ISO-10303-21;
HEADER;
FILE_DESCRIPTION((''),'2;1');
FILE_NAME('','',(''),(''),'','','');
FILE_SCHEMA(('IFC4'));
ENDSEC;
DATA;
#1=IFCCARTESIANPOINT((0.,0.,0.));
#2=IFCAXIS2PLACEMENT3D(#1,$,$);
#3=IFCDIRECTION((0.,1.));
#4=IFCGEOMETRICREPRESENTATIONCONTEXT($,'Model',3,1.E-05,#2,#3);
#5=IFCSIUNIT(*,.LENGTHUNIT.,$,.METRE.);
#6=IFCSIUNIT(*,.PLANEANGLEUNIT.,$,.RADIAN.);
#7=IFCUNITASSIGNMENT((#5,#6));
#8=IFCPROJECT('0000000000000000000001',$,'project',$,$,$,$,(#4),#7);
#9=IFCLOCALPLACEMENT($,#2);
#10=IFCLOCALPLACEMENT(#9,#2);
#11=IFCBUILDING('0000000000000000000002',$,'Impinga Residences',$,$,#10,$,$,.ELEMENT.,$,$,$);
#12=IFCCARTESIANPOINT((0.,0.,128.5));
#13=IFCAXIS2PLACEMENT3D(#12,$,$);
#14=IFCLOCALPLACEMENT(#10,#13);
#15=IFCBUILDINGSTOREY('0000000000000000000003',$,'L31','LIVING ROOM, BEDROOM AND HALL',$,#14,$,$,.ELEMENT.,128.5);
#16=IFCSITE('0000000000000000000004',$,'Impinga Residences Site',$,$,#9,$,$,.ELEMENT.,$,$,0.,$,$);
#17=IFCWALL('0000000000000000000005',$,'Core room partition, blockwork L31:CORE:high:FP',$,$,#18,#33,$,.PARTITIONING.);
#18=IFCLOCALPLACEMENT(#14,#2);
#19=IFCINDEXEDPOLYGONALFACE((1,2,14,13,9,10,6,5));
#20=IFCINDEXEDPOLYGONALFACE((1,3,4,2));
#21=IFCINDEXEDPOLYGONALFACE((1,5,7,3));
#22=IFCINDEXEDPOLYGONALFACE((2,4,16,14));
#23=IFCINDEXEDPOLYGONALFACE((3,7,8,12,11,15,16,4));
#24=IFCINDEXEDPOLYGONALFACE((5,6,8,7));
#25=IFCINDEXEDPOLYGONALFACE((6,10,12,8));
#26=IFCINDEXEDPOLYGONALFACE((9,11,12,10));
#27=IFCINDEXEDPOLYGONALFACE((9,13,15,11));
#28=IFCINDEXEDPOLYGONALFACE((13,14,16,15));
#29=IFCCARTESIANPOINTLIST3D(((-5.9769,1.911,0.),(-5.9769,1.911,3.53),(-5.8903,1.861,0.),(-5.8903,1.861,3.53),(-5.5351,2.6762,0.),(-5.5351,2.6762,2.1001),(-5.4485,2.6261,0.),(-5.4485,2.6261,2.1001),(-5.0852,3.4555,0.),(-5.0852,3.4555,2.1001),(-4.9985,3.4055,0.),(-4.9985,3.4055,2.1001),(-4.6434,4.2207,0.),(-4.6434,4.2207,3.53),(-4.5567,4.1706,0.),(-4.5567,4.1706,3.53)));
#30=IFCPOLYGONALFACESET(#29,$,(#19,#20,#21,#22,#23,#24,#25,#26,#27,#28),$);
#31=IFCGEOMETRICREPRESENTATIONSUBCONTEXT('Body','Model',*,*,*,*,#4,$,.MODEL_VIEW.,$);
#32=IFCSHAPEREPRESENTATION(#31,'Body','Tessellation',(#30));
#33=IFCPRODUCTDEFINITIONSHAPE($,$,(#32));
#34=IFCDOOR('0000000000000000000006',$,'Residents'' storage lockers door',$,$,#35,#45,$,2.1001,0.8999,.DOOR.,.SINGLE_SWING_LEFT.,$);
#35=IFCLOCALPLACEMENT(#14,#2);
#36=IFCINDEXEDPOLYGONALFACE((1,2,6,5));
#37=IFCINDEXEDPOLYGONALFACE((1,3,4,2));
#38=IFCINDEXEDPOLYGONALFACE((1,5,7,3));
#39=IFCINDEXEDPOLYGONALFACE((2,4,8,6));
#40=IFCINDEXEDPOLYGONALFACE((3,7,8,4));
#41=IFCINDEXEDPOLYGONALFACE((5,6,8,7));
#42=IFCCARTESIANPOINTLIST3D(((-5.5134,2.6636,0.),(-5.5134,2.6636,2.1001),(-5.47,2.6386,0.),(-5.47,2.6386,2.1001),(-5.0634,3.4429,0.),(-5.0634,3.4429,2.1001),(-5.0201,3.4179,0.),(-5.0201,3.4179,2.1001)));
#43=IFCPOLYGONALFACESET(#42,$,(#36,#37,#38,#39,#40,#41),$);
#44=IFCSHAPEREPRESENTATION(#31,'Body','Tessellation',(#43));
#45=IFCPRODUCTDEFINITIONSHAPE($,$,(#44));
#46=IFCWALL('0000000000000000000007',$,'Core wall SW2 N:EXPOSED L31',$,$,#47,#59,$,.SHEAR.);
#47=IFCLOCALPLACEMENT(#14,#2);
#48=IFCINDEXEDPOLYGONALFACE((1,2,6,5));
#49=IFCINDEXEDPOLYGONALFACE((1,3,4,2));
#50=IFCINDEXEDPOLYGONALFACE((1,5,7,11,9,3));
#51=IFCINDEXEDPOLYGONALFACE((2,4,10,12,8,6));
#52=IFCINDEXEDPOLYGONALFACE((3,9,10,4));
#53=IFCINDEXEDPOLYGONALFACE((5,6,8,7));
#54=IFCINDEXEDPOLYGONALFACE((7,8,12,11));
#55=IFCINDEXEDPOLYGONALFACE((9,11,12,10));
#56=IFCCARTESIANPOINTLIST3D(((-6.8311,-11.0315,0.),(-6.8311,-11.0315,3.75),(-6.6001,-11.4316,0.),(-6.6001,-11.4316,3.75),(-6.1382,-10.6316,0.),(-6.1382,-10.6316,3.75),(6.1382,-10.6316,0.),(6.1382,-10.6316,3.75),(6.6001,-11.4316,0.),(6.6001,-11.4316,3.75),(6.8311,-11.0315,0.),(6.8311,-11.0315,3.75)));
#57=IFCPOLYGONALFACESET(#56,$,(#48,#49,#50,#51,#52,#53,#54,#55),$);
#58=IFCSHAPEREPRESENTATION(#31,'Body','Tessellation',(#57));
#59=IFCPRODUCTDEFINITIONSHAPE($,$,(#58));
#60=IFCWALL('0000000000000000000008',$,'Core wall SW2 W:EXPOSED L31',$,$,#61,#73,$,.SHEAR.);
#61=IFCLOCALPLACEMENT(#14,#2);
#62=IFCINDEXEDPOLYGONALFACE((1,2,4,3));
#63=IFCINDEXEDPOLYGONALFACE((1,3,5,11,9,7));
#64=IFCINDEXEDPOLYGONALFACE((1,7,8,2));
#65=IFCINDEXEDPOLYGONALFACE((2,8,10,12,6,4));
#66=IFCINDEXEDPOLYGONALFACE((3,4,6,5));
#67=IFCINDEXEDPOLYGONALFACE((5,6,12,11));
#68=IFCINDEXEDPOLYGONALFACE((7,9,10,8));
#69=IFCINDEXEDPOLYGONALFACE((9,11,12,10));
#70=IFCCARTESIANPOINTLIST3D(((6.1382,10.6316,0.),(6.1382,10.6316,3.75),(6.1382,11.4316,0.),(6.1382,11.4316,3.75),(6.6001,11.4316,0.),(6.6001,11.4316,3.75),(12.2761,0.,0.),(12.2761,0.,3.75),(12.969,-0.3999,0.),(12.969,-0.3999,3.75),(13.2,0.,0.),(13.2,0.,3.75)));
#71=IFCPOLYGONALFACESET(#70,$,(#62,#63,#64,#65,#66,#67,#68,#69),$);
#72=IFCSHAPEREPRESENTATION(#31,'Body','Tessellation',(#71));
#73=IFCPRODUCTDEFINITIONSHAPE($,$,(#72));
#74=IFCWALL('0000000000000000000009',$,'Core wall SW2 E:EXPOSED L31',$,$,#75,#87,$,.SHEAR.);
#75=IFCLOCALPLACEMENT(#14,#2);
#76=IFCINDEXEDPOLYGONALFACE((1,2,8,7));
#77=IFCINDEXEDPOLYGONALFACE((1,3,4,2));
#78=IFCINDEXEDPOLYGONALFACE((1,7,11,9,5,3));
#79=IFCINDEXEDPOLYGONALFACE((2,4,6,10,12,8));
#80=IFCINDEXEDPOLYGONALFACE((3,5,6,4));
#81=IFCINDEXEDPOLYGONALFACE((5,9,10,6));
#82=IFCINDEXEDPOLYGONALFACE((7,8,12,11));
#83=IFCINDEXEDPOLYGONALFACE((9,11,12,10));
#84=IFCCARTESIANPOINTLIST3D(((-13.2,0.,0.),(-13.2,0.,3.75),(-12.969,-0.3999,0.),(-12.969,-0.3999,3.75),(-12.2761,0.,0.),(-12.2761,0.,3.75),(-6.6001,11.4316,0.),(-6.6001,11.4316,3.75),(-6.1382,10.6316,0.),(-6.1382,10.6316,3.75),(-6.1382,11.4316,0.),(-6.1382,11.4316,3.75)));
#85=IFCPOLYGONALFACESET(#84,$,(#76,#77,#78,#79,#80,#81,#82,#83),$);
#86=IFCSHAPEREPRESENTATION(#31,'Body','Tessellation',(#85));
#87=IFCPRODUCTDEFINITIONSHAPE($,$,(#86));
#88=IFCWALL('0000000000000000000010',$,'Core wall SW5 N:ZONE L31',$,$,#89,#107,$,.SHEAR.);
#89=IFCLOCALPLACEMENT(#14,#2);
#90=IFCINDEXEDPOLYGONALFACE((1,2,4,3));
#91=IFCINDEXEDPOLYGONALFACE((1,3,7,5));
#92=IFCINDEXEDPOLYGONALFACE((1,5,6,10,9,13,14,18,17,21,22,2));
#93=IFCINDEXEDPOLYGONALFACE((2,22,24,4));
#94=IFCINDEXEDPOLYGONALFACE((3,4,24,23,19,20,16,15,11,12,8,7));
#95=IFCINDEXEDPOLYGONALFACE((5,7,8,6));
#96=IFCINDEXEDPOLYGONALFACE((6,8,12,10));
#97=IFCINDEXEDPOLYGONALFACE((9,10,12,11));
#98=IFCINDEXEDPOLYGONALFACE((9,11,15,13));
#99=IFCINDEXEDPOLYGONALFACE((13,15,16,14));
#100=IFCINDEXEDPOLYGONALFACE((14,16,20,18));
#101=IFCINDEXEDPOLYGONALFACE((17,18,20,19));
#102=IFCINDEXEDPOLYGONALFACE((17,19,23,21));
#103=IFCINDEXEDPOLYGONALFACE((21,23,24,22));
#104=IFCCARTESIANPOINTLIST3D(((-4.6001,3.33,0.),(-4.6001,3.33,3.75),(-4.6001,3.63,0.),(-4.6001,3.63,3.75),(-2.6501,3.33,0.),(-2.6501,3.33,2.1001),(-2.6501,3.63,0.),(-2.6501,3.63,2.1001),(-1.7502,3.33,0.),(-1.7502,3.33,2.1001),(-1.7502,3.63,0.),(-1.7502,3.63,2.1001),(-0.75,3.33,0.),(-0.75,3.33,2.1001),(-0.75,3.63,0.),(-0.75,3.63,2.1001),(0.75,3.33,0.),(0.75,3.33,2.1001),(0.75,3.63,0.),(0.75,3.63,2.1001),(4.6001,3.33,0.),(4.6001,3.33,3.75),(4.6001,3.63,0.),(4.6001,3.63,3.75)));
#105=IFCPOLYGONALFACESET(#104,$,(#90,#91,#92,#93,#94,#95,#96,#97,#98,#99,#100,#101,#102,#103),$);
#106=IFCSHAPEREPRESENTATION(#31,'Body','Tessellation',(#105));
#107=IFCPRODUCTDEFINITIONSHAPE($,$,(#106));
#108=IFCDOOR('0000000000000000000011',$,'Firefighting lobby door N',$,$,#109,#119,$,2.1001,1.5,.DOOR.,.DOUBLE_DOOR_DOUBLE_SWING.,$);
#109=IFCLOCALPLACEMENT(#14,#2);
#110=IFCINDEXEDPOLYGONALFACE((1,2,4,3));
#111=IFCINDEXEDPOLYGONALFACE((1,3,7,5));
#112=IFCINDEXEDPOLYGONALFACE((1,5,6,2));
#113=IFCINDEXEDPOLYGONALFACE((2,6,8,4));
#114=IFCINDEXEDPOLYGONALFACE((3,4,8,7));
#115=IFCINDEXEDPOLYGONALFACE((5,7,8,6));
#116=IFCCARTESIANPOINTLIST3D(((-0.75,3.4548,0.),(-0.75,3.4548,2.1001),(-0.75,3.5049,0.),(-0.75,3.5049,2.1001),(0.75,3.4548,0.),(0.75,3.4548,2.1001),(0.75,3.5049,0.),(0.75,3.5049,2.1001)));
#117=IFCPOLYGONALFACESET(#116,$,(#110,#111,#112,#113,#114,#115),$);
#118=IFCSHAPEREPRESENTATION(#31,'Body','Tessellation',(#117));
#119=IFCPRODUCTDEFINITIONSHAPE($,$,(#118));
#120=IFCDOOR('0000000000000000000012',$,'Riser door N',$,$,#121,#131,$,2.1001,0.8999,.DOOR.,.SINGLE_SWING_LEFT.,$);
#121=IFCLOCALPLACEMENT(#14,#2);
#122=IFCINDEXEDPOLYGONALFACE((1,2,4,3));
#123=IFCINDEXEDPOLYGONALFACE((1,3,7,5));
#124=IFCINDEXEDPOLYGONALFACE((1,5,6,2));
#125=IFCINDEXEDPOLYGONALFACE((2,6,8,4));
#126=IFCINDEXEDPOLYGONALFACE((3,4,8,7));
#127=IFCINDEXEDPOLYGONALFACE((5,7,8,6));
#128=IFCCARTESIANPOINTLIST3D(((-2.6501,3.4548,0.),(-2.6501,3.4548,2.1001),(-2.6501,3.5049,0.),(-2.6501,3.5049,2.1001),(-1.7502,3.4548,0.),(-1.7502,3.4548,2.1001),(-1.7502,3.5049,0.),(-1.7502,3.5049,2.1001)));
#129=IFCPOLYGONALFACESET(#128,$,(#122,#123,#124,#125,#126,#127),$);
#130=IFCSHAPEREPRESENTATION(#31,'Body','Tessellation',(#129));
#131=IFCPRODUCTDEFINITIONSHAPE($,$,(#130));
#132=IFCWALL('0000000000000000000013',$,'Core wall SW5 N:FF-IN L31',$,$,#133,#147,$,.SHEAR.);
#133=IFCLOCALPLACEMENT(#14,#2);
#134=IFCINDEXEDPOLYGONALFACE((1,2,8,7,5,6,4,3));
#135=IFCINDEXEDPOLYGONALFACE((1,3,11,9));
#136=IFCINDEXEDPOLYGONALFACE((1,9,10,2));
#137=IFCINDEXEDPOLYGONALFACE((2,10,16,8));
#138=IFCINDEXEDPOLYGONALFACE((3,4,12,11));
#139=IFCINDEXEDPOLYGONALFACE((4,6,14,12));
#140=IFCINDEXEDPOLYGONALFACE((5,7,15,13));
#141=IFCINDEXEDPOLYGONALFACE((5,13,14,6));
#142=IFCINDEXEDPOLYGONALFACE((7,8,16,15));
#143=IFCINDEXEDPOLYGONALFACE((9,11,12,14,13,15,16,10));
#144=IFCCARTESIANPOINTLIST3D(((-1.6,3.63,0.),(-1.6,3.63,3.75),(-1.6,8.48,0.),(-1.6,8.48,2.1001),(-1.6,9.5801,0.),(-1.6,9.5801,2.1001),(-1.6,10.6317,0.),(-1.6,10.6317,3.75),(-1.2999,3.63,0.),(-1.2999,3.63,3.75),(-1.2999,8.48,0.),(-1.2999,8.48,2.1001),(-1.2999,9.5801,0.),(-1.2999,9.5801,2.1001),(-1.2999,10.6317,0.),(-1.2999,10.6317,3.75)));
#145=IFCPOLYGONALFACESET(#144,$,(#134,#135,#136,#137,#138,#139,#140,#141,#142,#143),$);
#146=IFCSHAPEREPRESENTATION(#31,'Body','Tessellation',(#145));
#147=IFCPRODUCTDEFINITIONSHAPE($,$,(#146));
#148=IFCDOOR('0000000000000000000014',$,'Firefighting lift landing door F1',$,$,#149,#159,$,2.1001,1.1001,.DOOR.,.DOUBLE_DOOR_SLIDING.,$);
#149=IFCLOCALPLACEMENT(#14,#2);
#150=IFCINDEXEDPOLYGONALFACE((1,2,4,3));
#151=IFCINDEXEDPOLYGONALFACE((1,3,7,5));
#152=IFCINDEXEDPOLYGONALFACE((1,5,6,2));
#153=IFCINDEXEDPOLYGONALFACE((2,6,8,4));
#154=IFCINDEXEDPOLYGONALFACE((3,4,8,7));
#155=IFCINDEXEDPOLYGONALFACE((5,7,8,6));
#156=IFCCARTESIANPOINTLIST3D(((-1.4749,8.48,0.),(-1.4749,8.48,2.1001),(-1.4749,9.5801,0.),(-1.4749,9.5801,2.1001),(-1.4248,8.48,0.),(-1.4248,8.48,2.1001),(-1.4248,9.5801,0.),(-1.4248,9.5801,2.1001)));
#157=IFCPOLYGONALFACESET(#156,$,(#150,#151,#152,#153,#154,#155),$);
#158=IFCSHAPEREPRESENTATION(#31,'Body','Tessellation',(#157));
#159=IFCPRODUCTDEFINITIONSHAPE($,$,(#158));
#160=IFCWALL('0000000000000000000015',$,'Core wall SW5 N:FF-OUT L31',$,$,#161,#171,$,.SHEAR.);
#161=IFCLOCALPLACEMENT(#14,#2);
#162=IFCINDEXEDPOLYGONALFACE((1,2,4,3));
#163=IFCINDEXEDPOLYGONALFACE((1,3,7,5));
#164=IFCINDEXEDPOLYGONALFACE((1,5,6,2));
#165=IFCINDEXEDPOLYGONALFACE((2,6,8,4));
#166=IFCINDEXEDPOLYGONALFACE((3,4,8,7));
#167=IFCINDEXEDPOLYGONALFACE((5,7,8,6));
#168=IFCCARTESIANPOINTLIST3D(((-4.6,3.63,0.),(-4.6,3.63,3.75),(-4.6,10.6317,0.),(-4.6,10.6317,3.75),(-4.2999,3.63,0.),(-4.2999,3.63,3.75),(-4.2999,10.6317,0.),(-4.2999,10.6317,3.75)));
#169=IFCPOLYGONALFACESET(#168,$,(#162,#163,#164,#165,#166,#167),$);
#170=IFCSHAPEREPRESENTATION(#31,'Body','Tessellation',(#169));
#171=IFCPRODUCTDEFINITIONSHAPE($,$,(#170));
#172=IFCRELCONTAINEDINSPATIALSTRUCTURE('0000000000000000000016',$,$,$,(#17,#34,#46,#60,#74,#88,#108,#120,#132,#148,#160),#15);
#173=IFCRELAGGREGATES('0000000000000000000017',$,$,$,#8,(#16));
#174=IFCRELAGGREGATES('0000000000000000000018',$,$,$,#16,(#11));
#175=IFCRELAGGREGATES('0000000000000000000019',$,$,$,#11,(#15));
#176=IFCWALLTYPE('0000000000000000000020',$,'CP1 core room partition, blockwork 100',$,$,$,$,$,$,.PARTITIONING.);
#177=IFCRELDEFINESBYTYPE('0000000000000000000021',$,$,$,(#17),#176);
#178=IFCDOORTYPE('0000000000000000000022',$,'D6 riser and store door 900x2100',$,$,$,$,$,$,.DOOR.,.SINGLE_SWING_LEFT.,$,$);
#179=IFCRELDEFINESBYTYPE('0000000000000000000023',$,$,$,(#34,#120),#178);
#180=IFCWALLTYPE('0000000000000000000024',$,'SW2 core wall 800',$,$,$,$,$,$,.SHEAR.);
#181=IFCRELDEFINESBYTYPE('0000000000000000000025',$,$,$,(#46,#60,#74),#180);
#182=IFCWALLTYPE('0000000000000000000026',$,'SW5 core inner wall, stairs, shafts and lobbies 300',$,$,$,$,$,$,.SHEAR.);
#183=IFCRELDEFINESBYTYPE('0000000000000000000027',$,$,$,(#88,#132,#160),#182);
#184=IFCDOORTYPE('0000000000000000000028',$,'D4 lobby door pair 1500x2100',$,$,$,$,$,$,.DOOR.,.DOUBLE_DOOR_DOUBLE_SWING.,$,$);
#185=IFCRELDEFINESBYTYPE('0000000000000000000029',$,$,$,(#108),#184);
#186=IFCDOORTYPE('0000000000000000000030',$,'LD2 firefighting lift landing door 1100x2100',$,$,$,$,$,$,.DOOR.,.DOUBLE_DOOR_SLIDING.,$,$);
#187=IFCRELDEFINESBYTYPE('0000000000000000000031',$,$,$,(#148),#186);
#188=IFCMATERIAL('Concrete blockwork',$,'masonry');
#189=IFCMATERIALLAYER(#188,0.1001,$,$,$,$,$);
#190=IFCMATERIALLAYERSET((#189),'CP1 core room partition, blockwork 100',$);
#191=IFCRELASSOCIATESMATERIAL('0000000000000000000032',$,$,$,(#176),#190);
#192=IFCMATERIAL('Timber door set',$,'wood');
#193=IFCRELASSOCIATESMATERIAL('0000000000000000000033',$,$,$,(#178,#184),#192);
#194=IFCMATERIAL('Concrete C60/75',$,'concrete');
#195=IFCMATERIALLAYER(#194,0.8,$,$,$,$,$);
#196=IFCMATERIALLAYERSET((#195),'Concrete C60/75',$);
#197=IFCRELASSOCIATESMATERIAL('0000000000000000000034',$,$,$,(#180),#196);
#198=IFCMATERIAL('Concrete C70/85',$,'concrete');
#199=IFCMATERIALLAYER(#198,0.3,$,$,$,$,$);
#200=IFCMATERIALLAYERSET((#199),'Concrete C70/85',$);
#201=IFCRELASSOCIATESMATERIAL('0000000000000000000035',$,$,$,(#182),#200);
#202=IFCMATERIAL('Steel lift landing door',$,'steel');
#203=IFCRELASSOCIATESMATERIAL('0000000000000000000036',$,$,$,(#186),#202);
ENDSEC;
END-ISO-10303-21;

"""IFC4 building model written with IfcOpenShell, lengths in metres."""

from ifc_helpers import new_model, si_unit, direction, frame, frame_2d, origin, place, context, subcontext, project, spatial, polyline, rectangle, outline, extrude, material, layer, layer_set, type_object, element, fill, save


model = new_model("IFC4")

# Units and contexts
model_context = context("Model", 3, precision=1e-05, world=origin(), true_north=direction((0.0, 1.0)))
body_context = subcontext(model_context, "Body", "Model", "MODEL_VIEW")
ifc_project = project(units=[si_unit("LENGTHUNIT", "METRE"), si_unit("PLANEANGLEUNIT", "RADIAN")], contexts=[model_context])

# Site, building, storey
site_placement = place(None, origin())
site = spatial("IfcSite", under=ifc_project, at=site_placement, Name="Impinga Residences Site", CompositionType="ELEMENT", RefElevation=0.0)
building_placement = place(site_placement, origin())
building = spatial("IfcBuilding", under=site, at=building_placement, Name="Impinga Residences", CompositionType="ELEMENT")
storey_placement = place(building_placement, frame((0.0, 0.0, 128.5)))
storey = spatial("IfcBuildingStorey", under=building, at=storey_placement, Name="L31", Description="LIVING ROOM, BEDROOM AND HALL", CompositionType="ELEMENT", Elevation=128.5)

# Shared definitions
ifc_material_1 = material(Name="Concrete C60/75", Category="concrete")

# Wall, opening, door
ifc_material_2 = material(Name="Concrete blockwork", Category="masonry")
ifc_layer_1 = layer(ifc_material_2, 0.1001)
ifc_layer_set_1 = layer_set([ifc_layer_1], Name="CP1 core room partition, blockwork 100")
wall_type_1 = type_object("IfcWallType", Name="CP1 core room partition, blockwork 100", PredefinedType="PARTITIONING", material=ifc_layer_set_1)
wall_1_placement = place(storey_placement, frame((-5.9336, 1.886, 0.0), z_axis=(0.0, 0.0, 1.0), x_axis=(0.500018, 0.866015, 0.0)))
wall_1 = element("IfcWall", 1, at=wall_1_placement, inside=storey, type_object=wall_type_1, Name="Core room partition, blockwork L31:CORE:high:FP", PredefinedType="PARTITIONING", context=body_context, shape_type="SweptSolid", body=[
    extrude(rectangle(XDim=2.667, YDim=0.1001, at=frame_2d((1.3335, 0.0))), origin(), (0.0, 0.0, 1.0), 3.53),
])
opening_1_placement = place(wall_1_placement, frame((0.8835, 0.0, 0.0)))
opening_1 = element("IfcOpeningElement", 2, at=opening_1_placement, cuts=wall_1, PredefinedType="OPENING", context=body_context, shape_type="SweptSolid", body=[
    extrude(rectangle(XDim=0.8999, YDim=2.1001, at=frame_2d((0.45, 1.05))), frame((0.0, 0.0601, 0.0), z_axis=(0.0, -1.0, 0.0), x_axis=(1.0, 0.0, 0.0)), (0.0, 0.0, 1.0), 0.1201),
])
ifc_material_3 = material(Name="Timber door set", Category="wood")
door_type_1 = type_object("IfcDoorType", Name="D6 riser and store door 900x2100", OperationType="SINGLE_SWING_LEFT", PredefinedType="DOOR", material=ifc_material_3)
door_1_placement = place(opening_1_placement, origin())
door_1 = element("IfcDoor", 3, at=door_1_placement, inside=storey, type_object=door_type_1, Name="Residents' storage lockers door", OperationType="SINGLE_SWING_LEFT", OverallHeight=2.1001, OverallWidth=0.8999, PredefinedType="DOOR", context=body_context, shape_type="SweptSolid", body=[
    extrude(rectangle(XDim=0.8999, YDim=2.1001, at=frame_2d((0.45, 1.05))), frame((0.0, 0.0249, 0.0), z_axis=(0.0, -1.0, 0.0), x_axis=(1.0, 0.0, 0.0)), (0.0, 0.0, 1.0), 0.05),
])
fill(opening_1, door_1)

# Walls
ifc_layer_2 = layer(ifc_material_1, 0.8)
ifc_layer_set_2 = layer_set([ifc_layer_2], Name="Concrete C60/75")
wall_type_2 = type_object("IfcWallType", Name="SW2 core wall 800", PredefinedType="SHEAR", material=ifc_layer_set_2)
wall_2_placement = place(storey_placement, origin())
element("IfcWall", 4, at=wall_2_placement, inside=storey, type_object=wall_type_2, Name="Core wall SW2 N:EXPOSED L31", PredefinedType="SHEAR", context=body_context, shape_type="SweptSolid", body=[
    extrude(outline(polyline([(-6.6001, -11.4316), (6.6001, -11.4316), (6.8311, -11.0315), (6.1382, -10.6316), (-6.1382, -10.6316), (-6.8311, -11.0315), (-6.6001, -11.4316)])), origin(), (0.0, 0.0, 1.0), 3.75),
])
wall_3_placement = place(storey_placement, origin())
element("IfcWall", 5, at=wall_3_placement, inside=storey, type_object=wall_type_2, Name="Core wall SW2 W:EXPOSED L31", PredefinedType="SHEAR", context=body_context, shape_type="SweptSolid", body=[
    extrude(outline(polyline([(13.2, 0.0), (6.6001, 11.4316), (6.1382, 11.4316), (6.1382, 10.6316), (12.2761, 0.0), (12.969, -0.3999), (13.2, 0.0)])), origin(), (0.0, 0.0, 1.0), 3.75),
])
wall_4_placement = place(storey_placement, origin())
element("IfcWall", 6, at=wall_4_placement, inside=storey, type_object=wall_type_2, Name="Core wall SW2 E:EXPOSED L31", PredefinedType="SHEAR", context=body_context, shape_type="SweptSolid", body=[
    extrude(outline(polyline([(-6.6001, 11.4316), (-13.2, 0.0), (-12.969, -0.3999), (-12.2761, 0.0), (-6.1382, 10.6316), (-6.1382, 11.4316), (-6.6001, 11.4316)])), origin(), (0.0, 0.0, 1.0), 3.75),
])

# Wall, openings, doors
ifc_material_4 = material(Name="Concrete C70/85", Category="concrete")
ifc_layer_3 = layer(ifc_material_4, 0.3)
ifc_layer_set_3 = layer_set([ifc_layer_3], Name="Concrete C70/85")
wall_type_3 = type_object("IfcWallType", Name="SW5 core inner wall, stairs, shafts and lobbies 300", PredefinedType="SHEAR", material=ifc_layer_set_3)
wall_5_placement = place(storey_placement, frame((-4.6001, 3.48, 0.0), z_axis=(0.0, 0.0, 1.0), x_axis=(1.0, 0.0, 0.0)))
wall_5 = element("IfcWall", 7, at=wall_5_placement, inside=storey, type_object=wall_type_3, Name="Core wall SW5 N:ZONE L31", PredefinedType="SHEAR", context=body_context, shape_type="SweptSolid", body=[
    extrude(rectangle(XDim=9.2002, YDim=0.3, at=frame_2d((4.6001, 0.0))), origin(), (0.0, 0.0, 1.0), 3.75),
])
opening_2_placement = place(wall_5_placement, frame((3.8501, 0.0, 0.0)))
opening_2 = element("IfcOpeningElement", 8, at=opening_2_placement, cuts=wall_5, PredefinedType="OPENING", context=body_context, shape_type="SweptSolid", body=[
    extrude(rectangle(XDim=1.5, YDim=2.1001, at=frame_2d((0.75, 1.05))), frame((0.0, 0.1599, 0.0), z_axis=(0.0, -1.0, 0.0), x_axis=(1.0, 0.0, 0.0)), (0.0, 0.0, 1.0), 0.3201),
])
opening_3_placement = place(wall_5_placement, frame((1.95, 0.0, 0.0)))
opening_3 = element("IfcOpeningElement", 9, at=opening_3_placement, cuts=wall_5, PredefinedType="OPENING", context=body_context, shape_type="SweptSolid", body=[
    extrude(rectangle(XDim=0.8999, YDim=2.1001, at=frame_2d((0.45, 1.05))), frame((0.0, 0.1599, 0.0), z_axis=(0.0, -1.0, 0.0), x_axis=(1.0, 0.0, 0.0)), (0.0, 0.0, 1.0), 0.3201),
])
door_type_2 = type_object("IfcDoorType", Name="D4 lobby door pair 1500x2100", OperationType="DOUBLE_DOOR_DOUBLE_SWING", PredefinedType="DOOR", material=ifc_material_3)
door_2_placement = place(opening_2_placement, origin())
door_2 = element("IfcDoor", 10, at=door_2_placement, inside=storey, type_object=door_type_2, Name="Firefighting lobby door N", OperationType="DOUBLE_DOOR_DOUBLE_SWING", OverallHeight=2.1001, OverallWidth=1.5, PredefinedType="DOOR", context=body_context, shape_type="SweptSolid", body=[
    extrude(rectangle(XDim=1.5, YDim=2.1001, at=frame_2d((0.75, 1.05))), frame((0.0, 0.0249, 0.0), z_axis=(0.0, -1.0, 0.0), x_axis=(1.0, 0.0, 0.0)), (0.0, 0.0, 1.0), 0.05),
])
fill(opening_2, door_2)
door_3_placement = place(opening_3_placement, origin())
door_3 = element("IfcDoor", 11, at=door_3_placement, inside=storey, type_object=door_type_1, Name="Riser door N", OperationType="SINGLE_SWING_LEFT", OverallHeight=2.1001, OverallWidth=0.8999, PredefinedType="DOOR", context=body_context, shape_type="SweptSolid", body=[
    extrude(rectangle(XDim=0.8999, YDim=2.1001, at=frame_2d((0.45, 1.05))), frame((0.0, 0.0249, 0.0), z_axis=(0.0, -1.0, 0.0), x_axis=(1.0, 0.0, 0.0)), (0.0, 0.0, 1.0), 0.05),
])
fill(opening_3, door_3)

# Wall, opening, door
wall_6_placement = place(storey_placement, frame((-1.45, 3.6299, 0.0), z_axis=(0.0, 0.0, 1.0), x_axis=(0.0, 1.0, 0.0)))
wall_6 = element("IfcWall", 12, at=wall_6_placement, inside=storey, type_object=wall_type_3, Name="Core wall SW5 N:FF-IN L31", PredefinedType="SHEAR", context=body_context, shape_type="SweptSolid", body=[
    extrude(rectangle(XDim=7.0017, YDim=0.3, at=frame_2d((3.501, 0.0))), origin(), (0.0, 0.0, 1.0), 3.75),
])
opening_4_placement = place(wall_6_placement, frame((4.8501, 0.0, 0.0)))
opening_4 = element("IfcOpeningElement", 13, at=opening_4_placement, cuts=wall_6, PredefinedType="OPENING", context=body_context, shape_type="SweptSolid", body=[
    extrude(rectangle(XDim=1.1001, YDim=2.1001, at=frame_2d((0.55, 1.05))), frame((0.0, 0.1599, 0.0), z_axis=(0.0, -1.0, 0.0), x_axis=(1.0, 0.0, 0.0)), (0.0, 0.0, 1.0), 0.3201),
])
ifc_material_5 = material(Name="Steel lift landing door", Category="steel")
door_type_3 = type_object("IfcDoorType", Name="LD2 firefighting lift landing door 1100x2100", OperationType="DOUBLE_DOOR_SLIDING", PredefinedType="DOOR", material=ifc_material_5)
door_4_placement = place(opening_4_placement, origin())
door_4 = element("IfcDoor", 14, at=door_4_placement, inside=storey, type_object=door_type_3, Name="Firefighting lift landing door F1", OperationType="DOUBLE_DOOR_SLIDING", OverallHeight=2.1001, OverallWidth=1.1001, PredefinedType="DOOR", context=body_context, shape_type="SweptSolid", body=[
    extrude(rectangle(XDim=1.1001, YDim=2.1001, at=frame_2d((0.55, 1.05))), frame((0.0, 0.0249, 0.0), z_axis=(0.0, -1.0, 0.0), x_axis=(1.0, 0.0, 0.0)), (0.0, 0.0, 1.0), 0.05),
])
fill(opening_4, door_4)

# Wall
wall_7_placement = place(storey_placement, frame((-4.45, 3.6299, 0.0), z_axis=(0.0, 0.0, 1.0), x_axis=(0.0, 1.0, 0.0)))
element("IfcWall", 15, at=wall_7_placement, inside=storey, type_object=wall_type_3, Name="Core wall SW5 N:FF-OUT L31", PredefinedType="SHEAR", context=body_context, shape_type="SweptSolid", body=[
    extrude(rectangle(XDim=7.0017, YDim=0.3, at=frame_2d((3.501, 0.0))), origin(), (0.0, 0.0, 1.0), 3.75),
])

save(model, "model.ifc")
